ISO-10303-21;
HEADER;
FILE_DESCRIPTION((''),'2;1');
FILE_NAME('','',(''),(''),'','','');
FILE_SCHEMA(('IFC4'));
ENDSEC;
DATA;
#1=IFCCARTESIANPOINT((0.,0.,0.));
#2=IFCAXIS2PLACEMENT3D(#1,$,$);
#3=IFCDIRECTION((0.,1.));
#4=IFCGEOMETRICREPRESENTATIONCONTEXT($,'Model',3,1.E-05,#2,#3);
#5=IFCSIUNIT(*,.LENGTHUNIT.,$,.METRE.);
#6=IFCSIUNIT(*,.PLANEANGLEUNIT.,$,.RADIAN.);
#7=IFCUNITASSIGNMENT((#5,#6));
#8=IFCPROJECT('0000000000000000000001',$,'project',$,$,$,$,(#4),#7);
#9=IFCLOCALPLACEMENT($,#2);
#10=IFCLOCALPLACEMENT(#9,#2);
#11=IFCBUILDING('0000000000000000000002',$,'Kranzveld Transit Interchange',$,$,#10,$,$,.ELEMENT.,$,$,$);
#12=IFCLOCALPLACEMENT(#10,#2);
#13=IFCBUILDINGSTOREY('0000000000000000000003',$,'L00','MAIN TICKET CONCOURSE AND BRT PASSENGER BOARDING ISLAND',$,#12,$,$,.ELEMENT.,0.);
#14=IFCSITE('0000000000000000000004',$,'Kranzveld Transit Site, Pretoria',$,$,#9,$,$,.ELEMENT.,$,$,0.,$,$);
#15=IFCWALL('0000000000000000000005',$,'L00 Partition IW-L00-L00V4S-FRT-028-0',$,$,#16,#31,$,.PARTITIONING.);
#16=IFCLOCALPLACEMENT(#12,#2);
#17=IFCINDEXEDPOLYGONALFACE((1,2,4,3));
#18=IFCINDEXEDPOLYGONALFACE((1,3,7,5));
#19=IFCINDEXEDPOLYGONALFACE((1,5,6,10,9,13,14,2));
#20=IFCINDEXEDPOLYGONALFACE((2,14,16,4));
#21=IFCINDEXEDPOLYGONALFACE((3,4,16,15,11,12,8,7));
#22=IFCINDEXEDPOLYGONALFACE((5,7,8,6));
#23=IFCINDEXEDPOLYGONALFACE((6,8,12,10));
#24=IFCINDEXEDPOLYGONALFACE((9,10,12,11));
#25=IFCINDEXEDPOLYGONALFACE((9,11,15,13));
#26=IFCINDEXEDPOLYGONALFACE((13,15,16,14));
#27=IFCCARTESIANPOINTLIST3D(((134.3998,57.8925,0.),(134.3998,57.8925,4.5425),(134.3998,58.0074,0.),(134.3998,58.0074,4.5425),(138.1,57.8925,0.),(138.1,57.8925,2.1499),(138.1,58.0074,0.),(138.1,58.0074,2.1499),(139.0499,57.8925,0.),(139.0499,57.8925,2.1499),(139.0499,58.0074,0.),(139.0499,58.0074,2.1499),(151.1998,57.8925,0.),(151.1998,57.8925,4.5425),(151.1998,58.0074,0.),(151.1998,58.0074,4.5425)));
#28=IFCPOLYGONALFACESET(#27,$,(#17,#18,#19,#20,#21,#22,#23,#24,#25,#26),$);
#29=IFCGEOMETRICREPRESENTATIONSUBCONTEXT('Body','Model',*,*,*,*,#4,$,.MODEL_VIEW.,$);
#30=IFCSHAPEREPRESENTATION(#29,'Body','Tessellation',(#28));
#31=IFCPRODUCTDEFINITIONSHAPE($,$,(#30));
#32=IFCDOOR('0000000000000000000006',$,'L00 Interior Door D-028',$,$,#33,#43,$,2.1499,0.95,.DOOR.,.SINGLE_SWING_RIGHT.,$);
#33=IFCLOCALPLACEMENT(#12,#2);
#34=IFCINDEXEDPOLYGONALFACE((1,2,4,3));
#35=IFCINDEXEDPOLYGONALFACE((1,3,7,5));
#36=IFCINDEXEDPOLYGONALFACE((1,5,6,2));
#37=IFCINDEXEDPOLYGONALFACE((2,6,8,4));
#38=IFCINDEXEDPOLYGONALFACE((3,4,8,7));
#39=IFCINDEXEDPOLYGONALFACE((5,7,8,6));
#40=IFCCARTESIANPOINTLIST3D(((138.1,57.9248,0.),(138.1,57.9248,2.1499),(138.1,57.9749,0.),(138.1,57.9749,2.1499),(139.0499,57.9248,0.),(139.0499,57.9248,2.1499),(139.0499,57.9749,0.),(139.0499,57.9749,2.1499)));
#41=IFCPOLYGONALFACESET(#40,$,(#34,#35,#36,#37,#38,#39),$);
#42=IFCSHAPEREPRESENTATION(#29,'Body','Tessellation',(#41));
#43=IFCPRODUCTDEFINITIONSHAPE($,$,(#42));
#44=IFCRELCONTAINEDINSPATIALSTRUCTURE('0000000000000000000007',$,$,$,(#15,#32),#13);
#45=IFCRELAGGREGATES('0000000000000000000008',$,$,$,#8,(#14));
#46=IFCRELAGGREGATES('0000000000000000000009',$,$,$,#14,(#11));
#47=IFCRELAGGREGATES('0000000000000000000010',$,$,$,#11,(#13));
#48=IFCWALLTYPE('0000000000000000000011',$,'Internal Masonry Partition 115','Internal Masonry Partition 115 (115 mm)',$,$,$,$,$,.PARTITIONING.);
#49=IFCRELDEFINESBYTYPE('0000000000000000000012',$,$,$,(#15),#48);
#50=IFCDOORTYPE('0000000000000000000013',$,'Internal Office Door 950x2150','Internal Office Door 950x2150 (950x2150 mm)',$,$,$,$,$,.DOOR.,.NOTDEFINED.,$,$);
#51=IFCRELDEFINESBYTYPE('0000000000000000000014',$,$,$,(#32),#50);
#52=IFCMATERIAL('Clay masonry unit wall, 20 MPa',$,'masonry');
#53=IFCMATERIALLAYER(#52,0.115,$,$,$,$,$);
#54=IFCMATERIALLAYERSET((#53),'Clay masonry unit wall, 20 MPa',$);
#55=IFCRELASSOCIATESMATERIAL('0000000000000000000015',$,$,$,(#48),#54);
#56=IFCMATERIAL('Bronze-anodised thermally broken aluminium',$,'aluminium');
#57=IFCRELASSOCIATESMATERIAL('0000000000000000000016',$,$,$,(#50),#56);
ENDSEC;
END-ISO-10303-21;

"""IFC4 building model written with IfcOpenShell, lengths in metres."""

from ifc_helpers import new_model, si_unit, direction, frame, frame_2d, origin, place, context, subcontext, project, spatial, rectangle, extrude, material, layer, layer_set, type_object, element, fill, save


model = new_model("IFC4")

# Units and contexts
model_context = context("Model", 3, precision=1e-05, world=origin(), true_north=direction((0.0, 1.0)))
body_context = subcontext(model_context, "Body", "Model", "MODEL_VIEW")
ifc_project = project(units=[si_unit("LENGTHUNIT", "METRE"), si_unit("PLANEANGLEUNIT", "RADIAN")], contexts=[model_context])

# Site, building, storey
site_placement = place(None, origin())
site = spatial("IfcSite", under=ifc_project, at=site_placement, Name="Kranzveld Transit Site, Pretoria", CompositionType="ELEMENT", RefElevation=0.0)
building_placement = place(site_placement, origin())
building = spatial("IfcBuilding", under=site, at=building_placement, Name="Kranzveld Transit Interchange", CompositionType="ELEMENT")
storey_placement = place(building_placement, origin())
storey = spatial("IfcBuildingStorey", under=building, at=storey_placement, Name="L00", Description="MAIN TICKET CONCOURSE AND BRT PASSENGER BOARDING ISLAND", CompositionType="ELEMENT", Elevation=0.0)

# Wall, opening, door
ifc_material_1 = material(Name="Clay masonry unit wall, 20 MPa", Category="masonry")
ifc_layer_1 = layer(ifc_material_1, 0.115)
ifc_layer_set_1 = layer_set([ifc_layer_1], Name="Clay masonry unit wall, 20 MPa")
wall_type_1 = type_object("IfcWallType", Name="Internal Masonry Partition 115", Description="Internal Masonry Partition 115 (115 mm)", PredefinedType="PARTITIONING", material=ifc_layer_set_1)
wall_1_placement = place(storey_placement, frame((134.3999, 57.95, 0.0), z_axis=(0.0, 0.0, 1.0), x_axis=(1.0, 0.0, 0.0)))
wall_1 = element("IfcWall", 1, at=wall_1_placement, inside=storey, type_object=wall_type_1, Name="L00 Partition IW-L00-L00V4S-FRT-028-0", PredefinedType="PARTITIONING", context=body_context, shape_type="SweptSolid", body=[
    extrude(rectangle(XDim=16.8, YDim=0.115, at=frame_2d((8.3999, 0.0))), origin(), (0.0, 0.0, 1.0), 4.5425),
])
opening_placement = place(wall_1_placement, frame((3.7, 0.0, 0.0), z_axis=(0.0, 0.0, 1.0), x_axis=(1.0, 0.0, 0.0)))
opening = element("IfcOpeningElement", 2, at=opening_placement, cuts=wall_1, PredefinedType="OPENING", context=body_context, shape_type="SweptSolid", body=[
    extrude(rectangle(XDim=0.95, YDim=2.1499, at=frame_2d((0.4751, 1.075))), frame((0.0, 0.0674, 0.0), z_axis=(0.0, -1.0, 0.0), x_axis=(1.0, 0.0, 0.0)), (0.0, 0.0, 1.0), 0.135),
])
ifc_material_2 = material(Name="Bronze-anodised thermally broken aluminium", Category="aluminium")
door_type = type_object("IfcDoorType", Name="Internal Office Door 950x2150", Description="Internal Office Door 950x2150 (950x2150 mm)", OperationType="NOTDEFINED", PredefinedType="DOOR", material=ifc_material_2)
door_placement = place(opening_placement, origin())
door = element("IfcDoor", 3, at=door_placement, inside=storey, type_object=door_type, Name="L00 Interior Door D-028", OperationType="SINGLE_SWING_RIGHT", OverallHeight=2.1499, OverallWidth=0.95, PredefinedType="DOOR", context=body_context, shape_type="SweptSolid", body=[
    extrude(rectangle(XDim=0.95, YDim=2.1499, at=frame_2d((0.4751, 1.075))), frame((0.0, 0.0249, 0.0), z_axis=(0.0, -1.0, 0.0), x_axis=(1.0, 0.0, 0.0)), (0.0, 0.0, 1.0), 0.05),
])
fill(opening, door)

save(model, "model.ifc")
